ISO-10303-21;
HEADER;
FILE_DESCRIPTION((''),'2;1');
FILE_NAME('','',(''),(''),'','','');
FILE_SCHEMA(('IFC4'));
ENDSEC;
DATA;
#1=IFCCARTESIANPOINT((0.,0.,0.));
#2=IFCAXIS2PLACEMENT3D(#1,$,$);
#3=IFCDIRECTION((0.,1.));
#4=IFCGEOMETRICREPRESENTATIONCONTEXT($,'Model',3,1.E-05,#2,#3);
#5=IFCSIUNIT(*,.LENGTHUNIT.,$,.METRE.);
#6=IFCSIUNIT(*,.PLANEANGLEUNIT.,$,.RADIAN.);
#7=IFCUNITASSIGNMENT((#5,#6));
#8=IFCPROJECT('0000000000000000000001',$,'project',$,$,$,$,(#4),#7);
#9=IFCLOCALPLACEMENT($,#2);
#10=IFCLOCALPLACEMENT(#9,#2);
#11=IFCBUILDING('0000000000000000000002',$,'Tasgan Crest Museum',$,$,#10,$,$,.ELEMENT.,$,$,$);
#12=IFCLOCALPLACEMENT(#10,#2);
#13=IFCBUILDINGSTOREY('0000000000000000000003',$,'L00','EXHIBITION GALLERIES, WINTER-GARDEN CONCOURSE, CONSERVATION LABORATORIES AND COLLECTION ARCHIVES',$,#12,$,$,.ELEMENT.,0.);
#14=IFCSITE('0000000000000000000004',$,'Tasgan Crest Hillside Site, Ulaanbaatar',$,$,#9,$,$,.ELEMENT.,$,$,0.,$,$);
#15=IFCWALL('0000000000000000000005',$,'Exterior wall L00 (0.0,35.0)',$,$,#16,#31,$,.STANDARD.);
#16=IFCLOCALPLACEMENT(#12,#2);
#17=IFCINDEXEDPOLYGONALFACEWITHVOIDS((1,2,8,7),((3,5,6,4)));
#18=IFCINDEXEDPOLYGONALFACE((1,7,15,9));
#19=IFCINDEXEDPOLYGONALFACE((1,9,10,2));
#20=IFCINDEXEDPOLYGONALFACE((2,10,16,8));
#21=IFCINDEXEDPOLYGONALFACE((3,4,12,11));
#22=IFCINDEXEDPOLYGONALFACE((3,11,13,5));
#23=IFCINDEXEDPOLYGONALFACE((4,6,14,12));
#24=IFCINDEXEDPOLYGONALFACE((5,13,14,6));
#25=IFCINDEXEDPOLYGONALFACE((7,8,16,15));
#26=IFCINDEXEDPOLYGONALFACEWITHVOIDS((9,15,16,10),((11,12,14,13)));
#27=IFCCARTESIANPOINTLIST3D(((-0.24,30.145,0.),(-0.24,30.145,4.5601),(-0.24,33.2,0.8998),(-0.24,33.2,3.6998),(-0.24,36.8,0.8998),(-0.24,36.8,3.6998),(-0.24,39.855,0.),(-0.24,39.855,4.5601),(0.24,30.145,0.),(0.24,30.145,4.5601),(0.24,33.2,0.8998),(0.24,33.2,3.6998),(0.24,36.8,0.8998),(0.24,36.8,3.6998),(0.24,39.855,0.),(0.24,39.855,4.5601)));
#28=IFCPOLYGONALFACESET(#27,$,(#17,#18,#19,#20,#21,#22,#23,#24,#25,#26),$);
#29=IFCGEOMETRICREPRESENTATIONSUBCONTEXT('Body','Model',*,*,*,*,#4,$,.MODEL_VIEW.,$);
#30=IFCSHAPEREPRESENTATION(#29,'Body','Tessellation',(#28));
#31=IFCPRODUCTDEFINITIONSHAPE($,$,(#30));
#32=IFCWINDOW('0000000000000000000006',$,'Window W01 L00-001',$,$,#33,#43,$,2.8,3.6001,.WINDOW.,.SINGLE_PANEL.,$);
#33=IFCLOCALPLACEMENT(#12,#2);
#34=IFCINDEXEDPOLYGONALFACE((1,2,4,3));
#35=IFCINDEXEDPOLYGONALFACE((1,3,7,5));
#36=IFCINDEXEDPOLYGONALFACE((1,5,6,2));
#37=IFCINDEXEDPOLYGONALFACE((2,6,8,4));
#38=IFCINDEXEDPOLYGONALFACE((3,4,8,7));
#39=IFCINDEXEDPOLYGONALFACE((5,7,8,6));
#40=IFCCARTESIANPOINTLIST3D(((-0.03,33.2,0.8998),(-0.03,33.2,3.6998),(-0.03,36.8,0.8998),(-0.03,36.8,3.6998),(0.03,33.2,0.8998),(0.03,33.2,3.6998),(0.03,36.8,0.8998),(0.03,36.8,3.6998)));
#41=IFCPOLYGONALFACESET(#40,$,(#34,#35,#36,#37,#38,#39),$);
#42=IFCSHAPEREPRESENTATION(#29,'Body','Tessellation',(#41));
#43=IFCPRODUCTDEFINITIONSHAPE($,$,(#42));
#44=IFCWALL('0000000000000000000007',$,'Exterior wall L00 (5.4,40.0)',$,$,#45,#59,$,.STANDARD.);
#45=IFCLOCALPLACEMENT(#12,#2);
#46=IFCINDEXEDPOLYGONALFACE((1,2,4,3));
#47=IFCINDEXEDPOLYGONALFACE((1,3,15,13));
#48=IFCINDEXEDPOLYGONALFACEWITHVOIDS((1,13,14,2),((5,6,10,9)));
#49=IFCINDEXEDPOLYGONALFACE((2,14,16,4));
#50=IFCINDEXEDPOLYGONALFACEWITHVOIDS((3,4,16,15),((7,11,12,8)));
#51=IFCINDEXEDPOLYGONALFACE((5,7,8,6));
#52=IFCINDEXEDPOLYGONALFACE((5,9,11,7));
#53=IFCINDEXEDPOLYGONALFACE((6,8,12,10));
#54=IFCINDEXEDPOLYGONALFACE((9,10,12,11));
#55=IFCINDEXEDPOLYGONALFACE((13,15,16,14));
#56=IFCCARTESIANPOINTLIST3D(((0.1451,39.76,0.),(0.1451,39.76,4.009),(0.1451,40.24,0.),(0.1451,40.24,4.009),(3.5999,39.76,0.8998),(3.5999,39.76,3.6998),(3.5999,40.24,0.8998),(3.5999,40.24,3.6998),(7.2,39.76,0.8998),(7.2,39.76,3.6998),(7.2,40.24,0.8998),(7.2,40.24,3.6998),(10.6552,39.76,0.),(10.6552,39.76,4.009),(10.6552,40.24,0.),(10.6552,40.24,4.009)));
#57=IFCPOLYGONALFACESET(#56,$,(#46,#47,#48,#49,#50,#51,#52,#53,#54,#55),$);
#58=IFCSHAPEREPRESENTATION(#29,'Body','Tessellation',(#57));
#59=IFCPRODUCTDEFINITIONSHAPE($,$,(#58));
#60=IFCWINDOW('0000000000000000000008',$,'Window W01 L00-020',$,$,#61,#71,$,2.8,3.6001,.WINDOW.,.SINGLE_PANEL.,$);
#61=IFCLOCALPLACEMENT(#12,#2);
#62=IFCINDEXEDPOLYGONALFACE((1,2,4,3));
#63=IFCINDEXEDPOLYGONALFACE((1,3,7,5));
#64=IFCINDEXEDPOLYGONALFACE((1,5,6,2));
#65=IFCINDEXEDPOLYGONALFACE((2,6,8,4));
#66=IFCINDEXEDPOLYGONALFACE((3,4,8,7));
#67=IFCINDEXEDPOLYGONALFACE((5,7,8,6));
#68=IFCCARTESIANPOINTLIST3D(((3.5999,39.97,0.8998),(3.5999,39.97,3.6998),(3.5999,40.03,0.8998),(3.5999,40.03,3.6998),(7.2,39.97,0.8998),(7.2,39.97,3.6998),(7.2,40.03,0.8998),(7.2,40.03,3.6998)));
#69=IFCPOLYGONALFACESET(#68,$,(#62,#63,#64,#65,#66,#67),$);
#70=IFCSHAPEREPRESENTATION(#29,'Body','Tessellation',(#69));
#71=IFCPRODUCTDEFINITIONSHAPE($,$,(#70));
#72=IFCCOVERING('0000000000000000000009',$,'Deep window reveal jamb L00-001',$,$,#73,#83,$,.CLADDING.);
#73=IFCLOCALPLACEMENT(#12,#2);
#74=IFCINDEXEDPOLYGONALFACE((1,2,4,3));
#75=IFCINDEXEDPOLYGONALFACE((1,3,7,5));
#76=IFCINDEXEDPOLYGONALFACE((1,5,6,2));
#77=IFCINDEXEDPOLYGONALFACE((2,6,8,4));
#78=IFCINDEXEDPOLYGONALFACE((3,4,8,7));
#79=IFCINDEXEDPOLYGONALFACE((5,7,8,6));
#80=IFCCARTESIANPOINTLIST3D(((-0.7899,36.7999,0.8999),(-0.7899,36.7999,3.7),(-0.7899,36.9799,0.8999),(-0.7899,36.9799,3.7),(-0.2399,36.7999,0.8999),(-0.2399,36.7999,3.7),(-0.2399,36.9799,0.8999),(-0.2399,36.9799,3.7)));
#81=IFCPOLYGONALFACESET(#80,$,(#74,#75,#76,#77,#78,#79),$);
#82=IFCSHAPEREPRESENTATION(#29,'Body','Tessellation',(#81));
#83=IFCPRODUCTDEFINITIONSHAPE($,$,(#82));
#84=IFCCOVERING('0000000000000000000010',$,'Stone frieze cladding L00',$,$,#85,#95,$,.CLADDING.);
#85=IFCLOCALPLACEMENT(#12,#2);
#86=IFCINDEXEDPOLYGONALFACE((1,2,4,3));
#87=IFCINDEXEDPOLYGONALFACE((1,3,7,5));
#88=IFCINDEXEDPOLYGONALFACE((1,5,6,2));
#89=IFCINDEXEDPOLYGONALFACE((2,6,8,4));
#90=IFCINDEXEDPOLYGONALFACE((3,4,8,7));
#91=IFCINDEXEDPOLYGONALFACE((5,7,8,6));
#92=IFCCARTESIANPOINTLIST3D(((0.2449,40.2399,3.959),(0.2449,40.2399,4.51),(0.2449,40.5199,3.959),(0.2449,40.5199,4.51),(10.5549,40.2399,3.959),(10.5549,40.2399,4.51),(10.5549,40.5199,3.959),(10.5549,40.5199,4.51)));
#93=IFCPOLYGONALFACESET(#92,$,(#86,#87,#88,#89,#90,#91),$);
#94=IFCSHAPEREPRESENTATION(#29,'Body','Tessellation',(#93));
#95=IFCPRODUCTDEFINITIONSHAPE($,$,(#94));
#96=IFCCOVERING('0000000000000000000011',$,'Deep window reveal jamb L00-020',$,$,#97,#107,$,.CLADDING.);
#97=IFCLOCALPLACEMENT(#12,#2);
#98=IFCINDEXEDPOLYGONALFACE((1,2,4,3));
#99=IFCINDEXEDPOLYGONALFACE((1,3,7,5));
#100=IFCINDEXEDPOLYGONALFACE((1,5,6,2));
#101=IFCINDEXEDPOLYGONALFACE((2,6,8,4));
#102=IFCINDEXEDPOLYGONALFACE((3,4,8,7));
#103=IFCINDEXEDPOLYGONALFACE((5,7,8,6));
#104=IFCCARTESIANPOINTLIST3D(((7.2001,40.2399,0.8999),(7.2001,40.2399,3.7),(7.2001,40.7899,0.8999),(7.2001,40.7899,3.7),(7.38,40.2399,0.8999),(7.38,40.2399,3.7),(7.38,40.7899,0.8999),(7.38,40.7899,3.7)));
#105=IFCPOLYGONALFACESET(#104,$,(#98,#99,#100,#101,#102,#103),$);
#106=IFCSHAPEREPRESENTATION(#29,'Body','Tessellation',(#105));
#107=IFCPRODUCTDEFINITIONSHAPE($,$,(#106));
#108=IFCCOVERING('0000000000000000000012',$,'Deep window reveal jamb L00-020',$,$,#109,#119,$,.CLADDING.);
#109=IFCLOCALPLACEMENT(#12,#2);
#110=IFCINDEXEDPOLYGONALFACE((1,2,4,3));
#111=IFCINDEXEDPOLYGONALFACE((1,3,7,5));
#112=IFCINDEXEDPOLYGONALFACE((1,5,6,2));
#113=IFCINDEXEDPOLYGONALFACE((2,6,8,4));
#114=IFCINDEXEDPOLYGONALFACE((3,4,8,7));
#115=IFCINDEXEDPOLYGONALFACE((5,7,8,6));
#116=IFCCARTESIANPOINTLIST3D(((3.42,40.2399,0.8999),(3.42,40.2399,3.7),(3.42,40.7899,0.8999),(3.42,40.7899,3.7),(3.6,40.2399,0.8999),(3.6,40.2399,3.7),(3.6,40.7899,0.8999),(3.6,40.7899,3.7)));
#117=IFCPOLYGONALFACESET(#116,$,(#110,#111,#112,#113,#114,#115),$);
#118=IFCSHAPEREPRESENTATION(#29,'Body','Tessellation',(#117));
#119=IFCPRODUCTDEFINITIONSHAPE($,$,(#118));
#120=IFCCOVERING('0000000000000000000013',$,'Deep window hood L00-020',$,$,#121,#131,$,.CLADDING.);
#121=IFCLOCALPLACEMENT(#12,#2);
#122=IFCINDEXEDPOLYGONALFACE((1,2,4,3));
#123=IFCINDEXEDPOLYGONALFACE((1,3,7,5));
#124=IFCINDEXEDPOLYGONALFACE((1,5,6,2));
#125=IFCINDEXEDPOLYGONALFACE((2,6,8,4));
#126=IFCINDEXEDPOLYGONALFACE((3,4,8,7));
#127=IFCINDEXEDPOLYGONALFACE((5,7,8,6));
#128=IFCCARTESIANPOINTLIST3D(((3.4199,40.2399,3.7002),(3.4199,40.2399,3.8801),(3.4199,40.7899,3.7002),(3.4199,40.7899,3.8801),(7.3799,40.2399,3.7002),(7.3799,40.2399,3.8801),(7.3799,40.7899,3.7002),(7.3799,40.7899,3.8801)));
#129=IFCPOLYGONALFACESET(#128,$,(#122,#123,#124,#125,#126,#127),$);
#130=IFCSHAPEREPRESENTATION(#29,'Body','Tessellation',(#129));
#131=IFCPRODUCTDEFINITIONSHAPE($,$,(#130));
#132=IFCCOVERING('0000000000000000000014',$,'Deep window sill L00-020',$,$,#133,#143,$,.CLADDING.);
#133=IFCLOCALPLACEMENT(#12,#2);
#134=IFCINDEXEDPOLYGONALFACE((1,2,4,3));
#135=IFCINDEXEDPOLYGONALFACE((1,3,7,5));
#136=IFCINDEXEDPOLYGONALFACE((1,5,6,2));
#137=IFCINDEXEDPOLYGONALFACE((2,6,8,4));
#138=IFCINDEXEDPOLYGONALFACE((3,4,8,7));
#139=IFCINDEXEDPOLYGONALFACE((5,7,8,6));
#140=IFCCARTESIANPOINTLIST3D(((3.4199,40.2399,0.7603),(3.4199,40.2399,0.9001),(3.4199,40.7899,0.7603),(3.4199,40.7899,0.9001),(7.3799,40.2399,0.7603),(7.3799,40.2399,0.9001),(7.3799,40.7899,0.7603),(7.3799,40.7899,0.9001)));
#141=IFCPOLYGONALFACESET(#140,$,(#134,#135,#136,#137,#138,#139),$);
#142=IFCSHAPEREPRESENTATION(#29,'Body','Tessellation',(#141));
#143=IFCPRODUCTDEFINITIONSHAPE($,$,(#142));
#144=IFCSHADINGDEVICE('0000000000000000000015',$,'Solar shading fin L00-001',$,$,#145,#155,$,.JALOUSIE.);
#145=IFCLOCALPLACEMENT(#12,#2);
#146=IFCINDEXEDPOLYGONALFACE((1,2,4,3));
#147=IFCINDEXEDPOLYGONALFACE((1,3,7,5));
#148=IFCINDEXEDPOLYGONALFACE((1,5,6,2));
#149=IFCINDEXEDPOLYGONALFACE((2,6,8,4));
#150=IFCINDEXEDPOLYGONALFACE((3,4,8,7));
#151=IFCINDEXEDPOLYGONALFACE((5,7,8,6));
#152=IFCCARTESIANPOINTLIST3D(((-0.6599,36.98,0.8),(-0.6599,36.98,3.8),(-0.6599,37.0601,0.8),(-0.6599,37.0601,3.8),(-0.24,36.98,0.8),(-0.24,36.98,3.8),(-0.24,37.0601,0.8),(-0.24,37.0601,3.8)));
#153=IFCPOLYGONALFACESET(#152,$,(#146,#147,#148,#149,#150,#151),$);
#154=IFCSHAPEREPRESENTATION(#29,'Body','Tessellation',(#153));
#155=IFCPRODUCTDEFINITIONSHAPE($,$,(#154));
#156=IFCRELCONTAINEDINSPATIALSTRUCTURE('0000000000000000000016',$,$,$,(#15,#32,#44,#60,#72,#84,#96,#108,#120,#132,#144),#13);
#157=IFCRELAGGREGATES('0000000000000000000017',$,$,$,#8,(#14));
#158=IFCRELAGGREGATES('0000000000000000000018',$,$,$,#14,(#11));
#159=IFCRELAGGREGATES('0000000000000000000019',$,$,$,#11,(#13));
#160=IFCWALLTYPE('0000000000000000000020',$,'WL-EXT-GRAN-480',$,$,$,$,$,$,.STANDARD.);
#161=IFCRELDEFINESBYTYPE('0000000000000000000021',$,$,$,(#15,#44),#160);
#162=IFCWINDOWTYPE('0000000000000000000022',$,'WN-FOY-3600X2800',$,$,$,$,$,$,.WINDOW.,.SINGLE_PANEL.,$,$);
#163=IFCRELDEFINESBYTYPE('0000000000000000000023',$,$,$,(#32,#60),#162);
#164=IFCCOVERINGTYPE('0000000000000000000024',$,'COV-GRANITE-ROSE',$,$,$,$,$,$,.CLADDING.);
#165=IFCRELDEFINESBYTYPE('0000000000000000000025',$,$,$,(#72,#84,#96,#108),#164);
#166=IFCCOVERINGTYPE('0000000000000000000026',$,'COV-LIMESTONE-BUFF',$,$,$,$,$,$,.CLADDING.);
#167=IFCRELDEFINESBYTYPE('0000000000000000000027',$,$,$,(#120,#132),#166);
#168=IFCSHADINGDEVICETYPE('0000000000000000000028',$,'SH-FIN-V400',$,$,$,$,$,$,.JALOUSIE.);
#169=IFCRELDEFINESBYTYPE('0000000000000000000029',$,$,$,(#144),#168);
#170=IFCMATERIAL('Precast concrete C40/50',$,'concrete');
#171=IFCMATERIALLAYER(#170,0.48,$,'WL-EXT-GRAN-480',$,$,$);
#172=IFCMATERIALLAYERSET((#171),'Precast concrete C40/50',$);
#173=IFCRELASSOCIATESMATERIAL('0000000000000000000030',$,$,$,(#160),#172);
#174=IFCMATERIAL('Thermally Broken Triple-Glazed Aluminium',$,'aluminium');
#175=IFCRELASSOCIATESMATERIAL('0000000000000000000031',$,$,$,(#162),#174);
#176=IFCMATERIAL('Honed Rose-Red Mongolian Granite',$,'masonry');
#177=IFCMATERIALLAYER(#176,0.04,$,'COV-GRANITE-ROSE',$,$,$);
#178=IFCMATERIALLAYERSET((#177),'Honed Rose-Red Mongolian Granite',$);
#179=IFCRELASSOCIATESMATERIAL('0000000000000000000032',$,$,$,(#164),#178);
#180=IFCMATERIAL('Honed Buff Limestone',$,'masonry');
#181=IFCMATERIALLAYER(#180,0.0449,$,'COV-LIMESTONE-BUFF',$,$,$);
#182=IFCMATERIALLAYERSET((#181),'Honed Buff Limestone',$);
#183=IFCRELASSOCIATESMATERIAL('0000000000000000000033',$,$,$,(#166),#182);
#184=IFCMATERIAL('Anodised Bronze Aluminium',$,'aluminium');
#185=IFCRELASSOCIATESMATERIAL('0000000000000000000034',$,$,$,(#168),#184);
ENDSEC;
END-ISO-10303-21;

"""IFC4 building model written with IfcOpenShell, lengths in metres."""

from ifc_helpers import new_model, si_unit, direction, frame, frame_2d, origin, origin_2d, place, context, subcontext, project, spatial, rectangle, extrude, material, layer, layer_set, type_object, element, fill, save


model = new_model("IFC4")

# Units and contexts
model_context = context("Model", 3, precision=1e-05, world=origin(), true_north=direction((0.0, 1.0)))
body_context = subcontext(model_context, "Body", "Model", "MODEL_VIEW")
ifc_project = project(units=[si_unit("LENGTHUNIT", "METRE"), si_unit("PLANEANGLEUNIT", "RADIAN")], contexts=[model_context])

# Site, building, storey
site_placement = place(None, origin())
site = spatial("IfcSite", under=ifc_project, at=site_placement, Name="Tasgan Crest Hillside Site, Ulaanbaatar", CompositionType="ELEMENT", RefElevation=0.0)
building_placement = place(site_placement, origin())
building = spatial("IfcBuilding", under=site, at=building_placement, Name="Tasgan Crest Museum", CompositionType="ELEMENT")
storey_placement = place(building_placement, origin())
storey = spatial("IfcBuildingStorey", under=building, at=storey_placement, Name="L00", Description="EXHIBITION GALLERIES, WINTER-GARDEN CONCOURSE, CONSERVATION LABORATORIES AND COLLECTION ARCHIVES", CompositionType="ELEMENT", Elevation=0.0)

# Walls, openings, windows
ifc_material_1 = material(Name="Precast concrete C40/50", Category="concrete")
ifc_layer_1 = layer(ifc_material_1, 0.48, Name="WL-EXT-GRAN-480")
ifc_layer_set_1 = layer_set([ifc_layer_1], Name="Precast concrete C40/50")
wall_type = type_object("IfcWallType", Name="WL-EXT-GRAN-480", PredefinedType="STANDARD", material=ifc_layer_set_1)
wall_1_placement = place(storey_placement, frame((0.0, 39.855, 0.0), z_axis=(0.0, 0.0, 1.0), x_axis=(0.0, -1.0, 0.0)))
wall_1 = element("IfcWall", 1, at=wall_1_placement, inside=storey, type_object=wall_type, Name="Exterior wall L00 (0.0,35.0)", PredefinedType="STANDARD", context=body_context, shape_type="SweptSolid", body=[
    extrude(rectangle(XDim=9.71, YDim=0.48, at=frame_2d((4.855, 0.0))), origin(), (0.0, 0.0, 1.0), 4.5601),
])
opening_1_placement = place(wall_1_placement, frame((3.0549, 0.0, 0.8999)))
opening_1 = element("IfcOpeningElement", 2, at=opening_1_placement, cuts=wall_1, PredefinedType="OPENING", context=body_context, shape_type="SweptSolid", body=[
    extrude(rectangle(XDim=3.6001, YDim=2.8, at=frame_2d((1.8, 1.3999))), frame((0.0, 0.25, 0.0), z_axis=(0.0, -1.0, 0.0), x_axis=(1.0, 0.0, 0.0)), (0.0, 0.0, 1.0), 0.5),
])
ifc_material_2 = material(Name="Thermally Broken Triple-Glazed Aluminium", Category="aluminium")
window_type = type_object("IfcWindowType", Name="WN-FOY-3600X2800", PartitioningType="SINGLE_PANEL", PredefinedType="WINDOW", material=ifc_material_2)
window_1_placement = place(opening_1_placement, origin())
window_1 = element("IfcWindow", 3, at=window_1_placement, inside=storey, type_object=window_type, Name="Window W01 L00-001", OverallHeight=2.8, OverallWidth=3.6001, PartitioningType="SINGLE_PANEL", PredefinedType="WINDOW", context=body_context, shape_type="SweptSolid", body=[
    extrude(rectangle(XDim=3.6001, YDim=2.8, at=frame_2d((1.8, 1.3999))), frame((0.0, 0.03, 0.0), z_axis=(0.0, -1.0, 0.0), x_axis=(1.0, 0.0, 0.0)), (0.0, 0.0, 1.0), 0.0601),
])
fill(opening_1, window_1)
wall_2_placement = place(storey_placement, frame((10.655, 40.0, 0.0), z_axis=(0.0, 0.0, 1.0), x_axis=(-1.0, 0.0, 0.0)))
wall_2 = element("IfcWall", 4, at=wall_2_placement, inside=storey, type_object=wall_type, Name="Exterior wall L00 (5.4,40.0)", PredefinedType="STANDARD", context=body_context, shape_type="SweptSolid", body=[
    extrude(rectangle(XDim=10.51, YDim=0.48, at=frame_2d((5.2549, 0.0))), origin(), (0.0, 0.0, 1.0), 4.009),
])
opening_2_placement = place(wall_2_placement, frame((3.4551, 0.0, 0.8999)))
opening_2 = element("IfcOpeningElement", 5, at=opening_2_placement, cuts=wall_2, PredefinedType="OPENING", context=body_context, shape_type="SweptSolid", body=[
    extrude(rectangle(XDim=3.6001, YDim=2.8, at=frame_2d((1.8, 1.3999))), frame((0.0, 0.25, 0.0), z_axis=(0.0, -1.0, 0.0), x_axis=(1.0, 0.0, 0.0)), (0.0, 0.0, 1.0), 0.5),
])
window_2_placement = place(opening_2_placement, origin())
window_2 = element("IfcWindow", 6, at=window_2_placement, inside=storey, type_object=window_type, Name="Window W01 L00-020", OverallHeight=2.8, OverallWidth=3.6001, PartitioningType="SINGLE_PANEL", PredefinedType="WINDOW", context=body_context, shape_type="SweptSolid", body=[
    extrude(rectangle(XDim=3.6001, YDim=2.8, at=frame_2d((1.8, 1.3999))), frame((0.0, 0.03, 0.0), z_axis=(0.0, -1.0, 0.0), x_axis=(1.0, 0.0, 0.0)), (0.0, 0.0, 1.0), 0.0601),
])
fill(opening_2, window_2)

# Coverings
ifc_material_3 = material(Name="Honed Rose-Red Mongolian Granite", Category="masonry")
ifc_layer_2 = layer(ifc_material_3, 0.04, Name="COV-GRANITE-ROSE")
ifc_layer_set_2 = layer_set([ifc_layer_2], Name="Honed Rose-Red Mongolian Granite")
covering_type_1 = type_object("IfcCoveringType", Name="COV-GRANITE-ROSE", PredefinedType="CLADDING", material=ifc_layer_set_2)
covering_1_placement = place(storey_placement, frame((-0.5149, 36.8899, 0.8999), z_axis=(0.0, 0.0, 1.0), x_axis=(0.0, -1.0, 0.0)))
element("IfcCovering", 7, at=covering_1_placement, inside=storey, type_object=covering_type_1, Name="Deep window reveal jamb L00-001", PredefinedType="CLADDING", context=body_context, shape_type="SweptSolid", body=[
    extrude(rectangle(XDim=0.1799, YDim=0.55, at=origin_2d()), origin(), (0.0, 0.0, 1.0), 2.8),
])
covering_2_placement = place(storey_placement, frame((5.3999, 40.3799, 3.959), z_axis=(0.0, 0.0, 1.0), x_axis=(-1.0, 0.0, 0.0)))
element("IfcCovering", 8, at=covering_2_placement, inside=storey, type_object=covering_type_1, Name="Stone frieze cladding L00", PredefinedType="CLADDING", context=body_context, shape_type="SweptSolid", body=[
    extrude(rectangle(XDim=10.3101, YDim=0.28, at=origin_2d()), origin(), (0.0, 0.0, 1.0), 0.551),
])
for number, where, z_axis, x_axis, name in (
    (9, (7.29, 40.5149, 0.8999), (0.0, 0.0, 1.0), (-1.0, 0.0, 0.0), "Deep window reveal jamb L00-020"),
    (10, (3.51, 40.5149, 0.8999), (0.0, 0.0, 1.0), (-1.0, 0.0, 0.0), "Deep window reveal jamb L00-020"),
):
    element("IfcCovering", number, at=place(storey_placement, frame(where, z_axis=z_axis, x_axis=x_axis)), inside=storey, type_object=covering_type_1, Name=name, PredefinedType="CLADDING", context=body_context, shape_type="SweptSolid", body=[
        extrude(rectangle(XDim=0.1799, YDim=0.55, at=origin_2d()), origin(), (0.0, 0.0, 1.0), 2.8),
    ])
ifc_material_4 = material(Name="Honed Buff Limestone", Category="masonry")
ifc_layer_3 = layer(ifc_material_4, 0.0449, Name="COV-LIMESTONE-BUFF")
ifc_layer_set_3 = layer_set([ifc_layer_3], Name="Honed Buff Limestone")
covering_type_2 = type_object("IfcCoveringType", Name="COV-LIMESTONE-BUFF", PredefinedType="CLADDING", material=ifc_layer_set_3)
covering_3_placement = place(storey_placement, frame((5.3999, 40.5149, 3.7002), z_axis=(0.0, 0.0, 1.0), x_axis=(-1.0, 0.0, 0.0)))
element("IfcCovering", 11, at=covering_3_placement, inside=storey, type_object=covering_type_2, Name="Deep window hood L00-020", PredefinedType="CLADDING", context=body_context, shape_type="SweptSolid", body=[
    extrude(rectangle(XDim=3.96, YDim=0.55, at=origin_2d()), origin(), (0.0, 0.0, 1.0), 0.1799),
])
covering_4_placement = place(storey_placement, frame((5.3999, 40.5149, 0.7603), z_axis=(0.0, 0.0, 1.0), x_axis=(-1.0, 0.0, 0.0)))
element("IfcCovering", 12, at=covering_4_placement, inside=storey, type_object=covering_type_2, Name="Deep window sill L00-020", PredefinedType="CLADDING", context=body_context, shape_type="SweptSolid", body=[
    extrude(rectangle(XDim=3.96, YDim=0.55, at=origin_2d()), origin(), (0.0, 0.0, 1.0), 0.1399),
])

# Shading device
ifc_material_5 = material(Name="Anodised Bronze Aluminium", Category="aluminium")
shading_device_type = type_object("IfcShadingDeviceType", Name="SH-FIN-V400", PredefinedType="JALOUSIE", material=ifc_material_5)
shading_device_placement = place(storey_placement, frame((-0.45, 37.02, 0.8), z_axis=(0.0, 0.0, 1.0), x_axis=(0.0, -1.0, 0.0)))
element("IfcShadingDevice", 13, at=shading_device_placement, inside=storey, type_object=shading_device_type, Name="Solar shading fin L00-001", PredefinedType="JALOUSIE", context=body_context, shape_type="SweptSolid", body=[
    extrude(rectangle(XDim=0.0801, YDim=0.4199, at=origin_2d()), origin(), (0.0, 0.0, 1.0), 3.0),
])

save(model, "model.ifc")
